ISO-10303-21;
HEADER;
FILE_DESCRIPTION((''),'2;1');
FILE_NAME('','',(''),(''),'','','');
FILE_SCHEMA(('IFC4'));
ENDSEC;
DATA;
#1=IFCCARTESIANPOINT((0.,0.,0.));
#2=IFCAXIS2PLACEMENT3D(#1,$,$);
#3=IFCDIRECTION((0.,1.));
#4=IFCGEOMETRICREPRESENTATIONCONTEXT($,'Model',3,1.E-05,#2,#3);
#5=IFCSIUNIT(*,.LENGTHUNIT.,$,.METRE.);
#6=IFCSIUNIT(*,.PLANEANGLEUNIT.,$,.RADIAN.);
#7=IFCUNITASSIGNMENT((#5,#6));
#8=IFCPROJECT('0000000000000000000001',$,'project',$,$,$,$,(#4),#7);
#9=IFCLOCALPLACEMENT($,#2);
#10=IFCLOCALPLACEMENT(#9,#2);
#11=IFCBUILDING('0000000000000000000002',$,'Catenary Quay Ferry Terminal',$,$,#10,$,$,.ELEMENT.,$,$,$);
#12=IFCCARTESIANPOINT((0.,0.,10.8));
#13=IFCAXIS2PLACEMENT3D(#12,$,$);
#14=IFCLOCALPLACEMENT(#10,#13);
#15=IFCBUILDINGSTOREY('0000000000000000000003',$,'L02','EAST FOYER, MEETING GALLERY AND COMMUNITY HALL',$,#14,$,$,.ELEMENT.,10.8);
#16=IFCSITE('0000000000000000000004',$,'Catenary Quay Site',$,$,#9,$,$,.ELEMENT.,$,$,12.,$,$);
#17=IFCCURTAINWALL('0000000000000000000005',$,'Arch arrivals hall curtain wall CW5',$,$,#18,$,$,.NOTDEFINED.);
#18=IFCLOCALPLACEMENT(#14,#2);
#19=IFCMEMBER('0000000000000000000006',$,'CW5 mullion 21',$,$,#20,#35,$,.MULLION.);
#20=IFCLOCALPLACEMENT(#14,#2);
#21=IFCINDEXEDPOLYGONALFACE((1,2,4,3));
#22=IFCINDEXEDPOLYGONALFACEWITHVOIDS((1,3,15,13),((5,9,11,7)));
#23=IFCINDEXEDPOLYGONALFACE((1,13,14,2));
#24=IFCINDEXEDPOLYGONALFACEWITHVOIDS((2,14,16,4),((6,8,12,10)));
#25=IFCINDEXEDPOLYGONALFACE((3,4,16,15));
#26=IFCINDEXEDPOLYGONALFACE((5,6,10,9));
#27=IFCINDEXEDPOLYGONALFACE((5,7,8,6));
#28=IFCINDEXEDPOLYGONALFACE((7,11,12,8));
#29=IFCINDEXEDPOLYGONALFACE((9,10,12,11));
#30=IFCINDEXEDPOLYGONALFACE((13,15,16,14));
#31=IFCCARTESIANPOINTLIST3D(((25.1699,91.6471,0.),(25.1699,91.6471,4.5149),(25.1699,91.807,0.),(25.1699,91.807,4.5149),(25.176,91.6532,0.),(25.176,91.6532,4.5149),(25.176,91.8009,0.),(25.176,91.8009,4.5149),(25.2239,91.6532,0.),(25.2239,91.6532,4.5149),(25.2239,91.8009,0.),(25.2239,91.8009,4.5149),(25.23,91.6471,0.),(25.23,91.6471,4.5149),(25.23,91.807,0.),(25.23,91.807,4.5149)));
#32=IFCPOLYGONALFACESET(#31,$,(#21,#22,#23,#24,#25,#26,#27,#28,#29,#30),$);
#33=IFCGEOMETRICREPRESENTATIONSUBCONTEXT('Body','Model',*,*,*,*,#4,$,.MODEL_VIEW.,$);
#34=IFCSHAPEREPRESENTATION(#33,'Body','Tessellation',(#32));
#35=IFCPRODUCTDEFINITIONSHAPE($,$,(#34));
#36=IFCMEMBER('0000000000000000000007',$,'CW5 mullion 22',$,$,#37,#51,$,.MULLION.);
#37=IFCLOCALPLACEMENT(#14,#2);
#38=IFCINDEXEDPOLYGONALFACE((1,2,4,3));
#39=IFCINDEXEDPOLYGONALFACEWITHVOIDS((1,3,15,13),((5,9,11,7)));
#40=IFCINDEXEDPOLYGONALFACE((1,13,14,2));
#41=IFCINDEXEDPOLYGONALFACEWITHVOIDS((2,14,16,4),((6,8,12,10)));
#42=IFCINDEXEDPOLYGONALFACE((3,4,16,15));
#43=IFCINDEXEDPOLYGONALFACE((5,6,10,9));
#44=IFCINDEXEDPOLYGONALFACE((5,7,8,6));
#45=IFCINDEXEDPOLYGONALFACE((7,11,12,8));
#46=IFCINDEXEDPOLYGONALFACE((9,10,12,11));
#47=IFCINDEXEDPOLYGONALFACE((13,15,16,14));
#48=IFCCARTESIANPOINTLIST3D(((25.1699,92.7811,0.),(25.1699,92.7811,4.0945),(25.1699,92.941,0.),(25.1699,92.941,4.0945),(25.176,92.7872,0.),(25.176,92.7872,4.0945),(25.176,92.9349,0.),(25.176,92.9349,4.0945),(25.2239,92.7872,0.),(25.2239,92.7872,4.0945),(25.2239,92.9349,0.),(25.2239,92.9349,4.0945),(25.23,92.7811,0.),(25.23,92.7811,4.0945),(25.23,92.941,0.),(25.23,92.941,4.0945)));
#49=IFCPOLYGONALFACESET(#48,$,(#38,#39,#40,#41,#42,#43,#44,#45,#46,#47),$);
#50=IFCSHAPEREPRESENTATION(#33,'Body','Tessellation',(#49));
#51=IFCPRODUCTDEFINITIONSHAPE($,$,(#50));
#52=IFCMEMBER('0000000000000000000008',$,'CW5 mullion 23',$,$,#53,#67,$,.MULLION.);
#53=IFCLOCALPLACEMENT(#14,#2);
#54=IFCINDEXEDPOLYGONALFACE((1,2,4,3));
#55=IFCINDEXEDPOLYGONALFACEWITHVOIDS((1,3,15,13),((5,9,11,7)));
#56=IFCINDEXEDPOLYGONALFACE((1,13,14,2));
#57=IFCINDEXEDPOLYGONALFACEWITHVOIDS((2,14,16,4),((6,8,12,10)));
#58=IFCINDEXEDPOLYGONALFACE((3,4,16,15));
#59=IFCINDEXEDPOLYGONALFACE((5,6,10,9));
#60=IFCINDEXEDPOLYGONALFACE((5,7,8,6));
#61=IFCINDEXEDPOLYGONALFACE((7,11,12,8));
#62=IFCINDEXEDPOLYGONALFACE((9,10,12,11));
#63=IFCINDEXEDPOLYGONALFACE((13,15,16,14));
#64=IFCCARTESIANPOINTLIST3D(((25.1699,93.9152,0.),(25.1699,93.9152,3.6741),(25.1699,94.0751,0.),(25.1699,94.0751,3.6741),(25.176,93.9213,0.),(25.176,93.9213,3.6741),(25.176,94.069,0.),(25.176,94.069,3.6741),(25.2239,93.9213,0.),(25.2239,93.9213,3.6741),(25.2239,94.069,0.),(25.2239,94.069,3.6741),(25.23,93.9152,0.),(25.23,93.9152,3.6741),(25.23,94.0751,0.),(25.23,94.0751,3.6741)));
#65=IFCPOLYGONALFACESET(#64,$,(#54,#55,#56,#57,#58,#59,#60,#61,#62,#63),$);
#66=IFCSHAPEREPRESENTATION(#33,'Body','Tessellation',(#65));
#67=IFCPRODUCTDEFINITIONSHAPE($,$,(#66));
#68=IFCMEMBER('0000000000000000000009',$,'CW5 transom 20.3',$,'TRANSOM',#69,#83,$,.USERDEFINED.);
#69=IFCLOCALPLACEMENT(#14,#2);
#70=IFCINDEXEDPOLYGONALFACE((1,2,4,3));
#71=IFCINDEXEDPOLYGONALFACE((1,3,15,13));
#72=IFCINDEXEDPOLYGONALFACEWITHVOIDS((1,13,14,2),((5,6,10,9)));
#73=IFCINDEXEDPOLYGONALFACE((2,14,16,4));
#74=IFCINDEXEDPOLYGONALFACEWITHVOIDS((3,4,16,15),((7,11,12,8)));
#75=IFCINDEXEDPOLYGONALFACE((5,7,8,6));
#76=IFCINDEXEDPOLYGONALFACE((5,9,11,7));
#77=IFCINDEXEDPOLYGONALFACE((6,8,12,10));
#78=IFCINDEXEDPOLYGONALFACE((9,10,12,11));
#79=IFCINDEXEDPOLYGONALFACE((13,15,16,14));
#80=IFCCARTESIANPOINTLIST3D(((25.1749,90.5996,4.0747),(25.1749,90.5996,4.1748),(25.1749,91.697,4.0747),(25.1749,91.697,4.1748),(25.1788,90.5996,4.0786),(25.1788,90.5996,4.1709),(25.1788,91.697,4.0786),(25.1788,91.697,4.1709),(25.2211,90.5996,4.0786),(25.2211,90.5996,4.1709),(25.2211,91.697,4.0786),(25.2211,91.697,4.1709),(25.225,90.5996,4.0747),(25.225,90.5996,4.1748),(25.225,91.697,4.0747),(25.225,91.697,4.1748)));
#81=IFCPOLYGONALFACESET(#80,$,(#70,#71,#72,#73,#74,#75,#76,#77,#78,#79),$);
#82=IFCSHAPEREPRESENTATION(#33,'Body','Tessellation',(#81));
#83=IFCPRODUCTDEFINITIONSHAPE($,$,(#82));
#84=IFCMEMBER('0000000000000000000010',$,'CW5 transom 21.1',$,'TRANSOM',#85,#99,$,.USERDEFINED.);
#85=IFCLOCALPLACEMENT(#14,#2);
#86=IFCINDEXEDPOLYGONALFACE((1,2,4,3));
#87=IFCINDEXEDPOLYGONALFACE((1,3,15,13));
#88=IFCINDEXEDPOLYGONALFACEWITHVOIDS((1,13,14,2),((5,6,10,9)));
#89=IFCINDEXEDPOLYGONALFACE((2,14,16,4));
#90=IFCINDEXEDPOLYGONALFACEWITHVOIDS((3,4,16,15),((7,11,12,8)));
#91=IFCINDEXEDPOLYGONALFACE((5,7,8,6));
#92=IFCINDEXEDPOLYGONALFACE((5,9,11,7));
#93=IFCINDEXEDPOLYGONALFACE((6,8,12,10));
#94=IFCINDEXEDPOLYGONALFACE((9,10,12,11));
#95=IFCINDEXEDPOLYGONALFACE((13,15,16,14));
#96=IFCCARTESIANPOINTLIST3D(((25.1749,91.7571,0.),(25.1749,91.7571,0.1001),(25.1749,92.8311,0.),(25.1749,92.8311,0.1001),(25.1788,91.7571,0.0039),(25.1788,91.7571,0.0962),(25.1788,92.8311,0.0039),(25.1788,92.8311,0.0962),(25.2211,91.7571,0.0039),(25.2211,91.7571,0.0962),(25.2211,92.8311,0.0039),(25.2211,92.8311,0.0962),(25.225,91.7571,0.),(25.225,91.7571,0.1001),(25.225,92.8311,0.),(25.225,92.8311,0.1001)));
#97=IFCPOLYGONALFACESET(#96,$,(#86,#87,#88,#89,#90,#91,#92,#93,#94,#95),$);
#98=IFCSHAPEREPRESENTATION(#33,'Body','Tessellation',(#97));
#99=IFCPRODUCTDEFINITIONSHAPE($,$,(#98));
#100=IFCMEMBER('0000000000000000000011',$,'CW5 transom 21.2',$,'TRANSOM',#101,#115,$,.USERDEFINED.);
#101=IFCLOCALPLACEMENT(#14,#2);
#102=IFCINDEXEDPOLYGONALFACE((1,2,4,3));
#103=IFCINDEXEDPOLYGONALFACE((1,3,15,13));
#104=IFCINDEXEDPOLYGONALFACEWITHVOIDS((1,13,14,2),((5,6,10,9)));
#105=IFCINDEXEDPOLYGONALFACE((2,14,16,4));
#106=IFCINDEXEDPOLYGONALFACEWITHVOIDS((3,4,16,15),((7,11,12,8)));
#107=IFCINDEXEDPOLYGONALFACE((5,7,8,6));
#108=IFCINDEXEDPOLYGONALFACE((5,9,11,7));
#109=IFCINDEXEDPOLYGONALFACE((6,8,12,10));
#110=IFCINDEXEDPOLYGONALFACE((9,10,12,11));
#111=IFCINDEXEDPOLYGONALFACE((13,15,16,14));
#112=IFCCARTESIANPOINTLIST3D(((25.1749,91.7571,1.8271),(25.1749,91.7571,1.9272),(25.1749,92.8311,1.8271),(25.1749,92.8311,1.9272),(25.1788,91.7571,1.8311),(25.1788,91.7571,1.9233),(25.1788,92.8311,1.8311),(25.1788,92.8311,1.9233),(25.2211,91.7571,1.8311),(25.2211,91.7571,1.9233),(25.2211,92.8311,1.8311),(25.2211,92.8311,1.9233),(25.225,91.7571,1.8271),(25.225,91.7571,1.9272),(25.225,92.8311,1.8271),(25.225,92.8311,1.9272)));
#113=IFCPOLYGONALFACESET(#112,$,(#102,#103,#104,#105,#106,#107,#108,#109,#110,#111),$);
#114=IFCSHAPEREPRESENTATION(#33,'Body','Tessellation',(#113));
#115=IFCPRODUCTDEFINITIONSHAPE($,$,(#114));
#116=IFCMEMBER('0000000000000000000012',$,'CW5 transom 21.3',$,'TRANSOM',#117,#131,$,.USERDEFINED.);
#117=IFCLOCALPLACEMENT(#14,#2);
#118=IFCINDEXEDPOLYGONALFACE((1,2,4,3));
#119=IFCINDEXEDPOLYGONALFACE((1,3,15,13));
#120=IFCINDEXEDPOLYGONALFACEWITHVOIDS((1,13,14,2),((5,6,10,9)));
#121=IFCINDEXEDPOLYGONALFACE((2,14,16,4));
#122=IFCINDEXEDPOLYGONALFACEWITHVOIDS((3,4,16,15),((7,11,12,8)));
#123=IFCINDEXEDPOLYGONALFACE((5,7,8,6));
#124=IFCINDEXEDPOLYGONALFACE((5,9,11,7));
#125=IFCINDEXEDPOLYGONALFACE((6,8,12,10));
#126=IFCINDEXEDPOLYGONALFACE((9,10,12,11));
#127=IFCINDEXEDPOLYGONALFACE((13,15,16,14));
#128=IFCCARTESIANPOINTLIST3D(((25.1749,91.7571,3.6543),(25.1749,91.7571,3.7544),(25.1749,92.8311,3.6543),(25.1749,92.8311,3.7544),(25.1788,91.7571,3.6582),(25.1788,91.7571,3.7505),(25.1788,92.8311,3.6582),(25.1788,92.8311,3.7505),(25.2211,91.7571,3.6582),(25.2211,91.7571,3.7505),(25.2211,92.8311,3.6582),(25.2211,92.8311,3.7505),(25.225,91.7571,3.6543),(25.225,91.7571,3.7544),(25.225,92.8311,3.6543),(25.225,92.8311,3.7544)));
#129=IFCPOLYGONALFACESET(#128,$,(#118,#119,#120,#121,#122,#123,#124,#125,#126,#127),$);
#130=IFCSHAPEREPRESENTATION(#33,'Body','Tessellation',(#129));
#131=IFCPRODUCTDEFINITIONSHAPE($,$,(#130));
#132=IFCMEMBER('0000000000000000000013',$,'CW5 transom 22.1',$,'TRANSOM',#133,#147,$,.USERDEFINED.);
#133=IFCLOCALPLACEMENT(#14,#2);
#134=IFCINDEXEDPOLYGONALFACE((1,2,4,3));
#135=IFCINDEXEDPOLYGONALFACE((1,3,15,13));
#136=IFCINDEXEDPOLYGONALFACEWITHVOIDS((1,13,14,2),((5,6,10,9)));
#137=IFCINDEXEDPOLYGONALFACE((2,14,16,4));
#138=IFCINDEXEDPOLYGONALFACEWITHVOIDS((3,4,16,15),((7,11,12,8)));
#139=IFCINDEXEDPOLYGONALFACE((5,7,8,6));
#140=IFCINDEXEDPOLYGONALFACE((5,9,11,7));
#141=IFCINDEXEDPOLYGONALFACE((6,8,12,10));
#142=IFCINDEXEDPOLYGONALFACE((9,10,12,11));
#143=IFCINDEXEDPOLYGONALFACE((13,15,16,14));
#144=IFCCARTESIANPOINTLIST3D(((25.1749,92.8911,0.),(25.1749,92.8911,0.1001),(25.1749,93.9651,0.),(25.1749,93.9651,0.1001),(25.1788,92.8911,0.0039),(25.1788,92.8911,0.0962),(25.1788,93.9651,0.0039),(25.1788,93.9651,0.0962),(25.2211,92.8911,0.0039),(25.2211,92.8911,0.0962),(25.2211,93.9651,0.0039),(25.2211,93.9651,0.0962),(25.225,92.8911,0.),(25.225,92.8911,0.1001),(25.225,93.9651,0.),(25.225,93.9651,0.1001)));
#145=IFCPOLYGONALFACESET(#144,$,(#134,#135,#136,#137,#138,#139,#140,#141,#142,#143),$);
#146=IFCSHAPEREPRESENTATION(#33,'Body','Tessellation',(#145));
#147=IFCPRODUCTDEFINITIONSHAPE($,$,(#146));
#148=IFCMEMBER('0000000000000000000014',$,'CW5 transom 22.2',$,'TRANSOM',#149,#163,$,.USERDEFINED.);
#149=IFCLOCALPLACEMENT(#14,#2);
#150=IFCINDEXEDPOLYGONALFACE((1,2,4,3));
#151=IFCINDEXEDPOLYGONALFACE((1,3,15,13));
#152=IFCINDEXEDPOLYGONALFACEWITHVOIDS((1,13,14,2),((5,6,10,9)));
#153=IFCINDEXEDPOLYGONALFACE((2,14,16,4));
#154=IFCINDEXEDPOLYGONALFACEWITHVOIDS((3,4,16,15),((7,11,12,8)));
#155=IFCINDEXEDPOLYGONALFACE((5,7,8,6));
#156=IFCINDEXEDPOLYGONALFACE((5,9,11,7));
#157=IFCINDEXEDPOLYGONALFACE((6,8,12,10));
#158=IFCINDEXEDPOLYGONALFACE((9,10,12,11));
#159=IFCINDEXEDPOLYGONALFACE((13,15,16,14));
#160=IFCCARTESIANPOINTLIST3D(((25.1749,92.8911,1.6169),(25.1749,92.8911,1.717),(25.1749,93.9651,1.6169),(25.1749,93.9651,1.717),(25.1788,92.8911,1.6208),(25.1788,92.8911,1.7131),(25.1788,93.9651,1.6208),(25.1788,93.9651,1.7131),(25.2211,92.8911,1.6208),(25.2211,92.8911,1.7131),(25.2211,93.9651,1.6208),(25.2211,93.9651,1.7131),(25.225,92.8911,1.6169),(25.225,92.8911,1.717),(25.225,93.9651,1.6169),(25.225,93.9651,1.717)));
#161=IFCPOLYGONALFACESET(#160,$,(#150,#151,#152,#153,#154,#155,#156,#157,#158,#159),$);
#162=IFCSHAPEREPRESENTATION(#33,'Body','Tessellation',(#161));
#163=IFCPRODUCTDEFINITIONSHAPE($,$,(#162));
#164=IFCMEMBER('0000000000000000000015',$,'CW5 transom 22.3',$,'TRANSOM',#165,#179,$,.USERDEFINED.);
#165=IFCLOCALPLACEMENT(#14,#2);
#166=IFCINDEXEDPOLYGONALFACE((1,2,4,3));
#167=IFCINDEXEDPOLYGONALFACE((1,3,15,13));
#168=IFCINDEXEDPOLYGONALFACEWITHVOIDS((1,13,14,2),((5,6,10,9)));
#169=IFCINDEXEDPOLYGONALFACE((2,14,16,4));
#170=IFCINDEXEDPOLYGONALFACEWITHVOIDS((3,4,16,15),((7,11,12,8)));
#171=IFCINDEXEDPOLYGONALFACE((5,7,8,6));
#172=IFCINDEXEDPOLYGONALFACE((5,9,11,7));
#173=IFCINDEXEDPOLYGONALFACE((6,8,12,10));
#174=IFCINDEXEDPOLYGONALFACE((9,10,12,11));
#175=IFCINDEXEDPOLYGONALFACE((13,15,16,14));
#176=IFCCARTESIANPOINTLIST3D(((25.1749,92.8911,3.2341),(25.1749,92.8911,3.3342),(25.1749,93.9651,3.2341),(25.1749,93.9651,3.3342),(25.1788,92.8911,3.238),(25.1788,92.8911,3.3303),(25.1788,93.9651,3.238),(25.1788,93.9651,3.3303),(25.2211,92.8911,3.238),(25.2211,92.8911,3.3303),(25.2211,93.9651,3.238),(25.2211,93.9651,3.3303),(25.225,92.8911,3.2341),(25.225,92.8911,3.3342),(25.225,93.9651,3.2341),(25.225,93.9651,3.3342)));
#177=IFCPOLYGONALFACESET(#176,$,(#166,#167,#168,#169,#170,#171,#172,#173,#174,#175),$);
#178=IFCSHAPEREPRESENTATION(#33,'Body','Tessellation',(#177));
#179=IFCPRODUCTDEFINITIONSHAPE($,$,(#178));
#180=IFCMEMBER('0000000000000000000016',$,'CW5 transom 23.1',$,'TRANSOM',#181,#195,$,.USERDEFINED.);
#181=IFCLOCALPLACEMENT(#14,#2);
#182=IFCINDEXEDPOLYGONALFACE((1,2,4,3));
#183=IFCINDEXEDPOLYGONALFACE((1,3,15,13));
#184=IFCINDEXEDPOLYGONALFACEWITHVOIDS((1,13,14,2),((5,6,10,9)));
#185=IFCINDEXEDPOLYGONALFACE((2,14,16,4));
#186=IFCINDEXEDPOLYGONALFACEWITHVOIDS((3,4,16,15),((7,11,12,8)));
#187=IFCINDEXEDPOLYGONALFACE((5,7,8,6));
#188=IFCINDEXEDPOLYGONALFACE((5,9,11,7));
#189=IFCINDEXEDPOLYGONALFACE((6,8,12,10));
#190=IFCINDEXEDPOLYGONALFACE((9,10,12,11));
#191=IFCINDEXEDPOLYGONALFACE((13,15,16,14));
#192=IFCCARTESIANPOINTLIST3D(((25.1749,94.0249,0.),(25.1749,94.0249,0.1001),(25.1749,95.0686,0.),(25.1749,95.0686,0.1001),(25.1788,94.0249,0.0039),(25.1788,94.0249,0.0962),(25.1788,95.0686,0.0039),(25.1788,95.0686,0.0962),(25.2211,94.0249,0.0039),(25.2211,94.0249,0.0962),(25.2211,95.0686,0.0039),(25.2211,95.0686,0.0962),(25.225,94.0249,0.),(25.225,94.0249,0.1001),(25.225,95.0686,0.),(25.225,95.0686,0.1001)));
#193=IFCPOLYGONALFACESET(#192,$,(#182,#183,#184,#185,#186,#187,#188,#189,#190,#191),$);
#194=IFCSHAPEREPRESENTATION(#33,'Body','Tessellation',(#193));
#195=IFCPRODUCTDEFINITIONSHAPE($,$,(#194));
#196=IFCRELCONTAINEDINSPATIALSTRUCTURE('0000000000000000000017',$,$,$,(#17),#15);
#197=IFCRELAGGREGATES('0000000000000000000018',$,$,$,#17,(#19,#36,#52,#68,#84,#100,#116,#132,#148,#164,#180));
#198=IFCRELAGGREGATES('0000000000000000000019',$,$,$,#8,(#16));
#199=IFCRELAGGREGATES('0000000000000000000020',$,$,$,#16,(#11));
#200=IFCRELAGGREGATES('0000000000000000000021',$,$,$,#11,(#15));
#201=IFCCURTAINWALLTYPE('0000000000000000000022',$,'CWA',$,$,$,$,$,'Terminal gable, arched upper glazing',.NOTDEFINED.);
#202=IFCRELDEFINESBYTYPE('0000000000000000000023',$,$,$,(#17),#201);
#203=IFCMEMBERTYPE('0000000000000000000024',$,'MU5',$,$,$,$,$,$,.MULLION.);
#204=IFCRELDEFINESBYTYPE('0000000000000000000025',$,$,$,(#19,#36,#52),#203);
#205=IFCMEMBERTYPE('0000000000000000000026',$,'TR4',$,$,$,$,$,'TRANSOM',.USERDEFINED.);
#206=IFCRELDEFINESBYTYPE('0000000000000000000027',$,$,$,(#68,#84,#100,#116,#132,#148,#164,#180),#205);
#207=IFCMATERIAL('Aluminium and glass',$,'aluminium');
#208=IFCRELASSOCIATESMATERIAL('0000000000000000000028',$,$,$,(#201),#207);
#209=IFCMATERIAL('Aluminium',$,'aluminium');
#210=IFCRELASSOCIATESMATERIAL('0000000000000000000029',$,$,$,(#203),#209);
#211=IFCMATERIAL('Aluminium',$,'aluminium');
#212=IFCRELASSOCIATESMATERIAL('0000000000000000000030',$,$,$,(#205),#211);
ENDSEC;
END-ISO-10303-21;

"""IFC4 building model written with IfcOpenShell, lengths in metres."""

from ifc_helpers import new_model, si_unit, direction, frame, origin, origin_2d, place, context, subcontext, project, spatial, hollow_rectangle, extrude, material, material_profile, profile_set, type_object, element, aggregate, save


model = new_model("IFC4")

# Units and contexts
model_context = context("Model", 3, precision=1e-05, world=origin(), true_north=direction((0.0, 1.0)))
body_context = subcontext(model_context, "Body", "Model", "MODEL_VIEW")
ifc_project = project(units=[si_unit("LENGTHUNIT", "METRE"), si_unit("PLANEANGLEUNIT", "RADIAN")], contexts=[model_context])

# Site, building, storey
site_placement = place(None, origin())
site = spatial("IfcSite", under=ifc_project, at=site_placement, Name="Catenary Quay Site", CompositionType="ELEMENT", RefElevation=12.0)
building_placement = place(site_placement, origin())
building = spatial("IfcBuilding", under=site, at=building_placement, Name="Catenary Quay Ferry Terminal", CompositionType="ELEMENT")
storey_placement = place(building_placement, frame((0.0, 0.0, 10.8)))
storey = spatial("IfcBuildingStorey", under=building, at=storey_placement, Name="L02", Description="EAST FOYER, MEETING GALLERY AND COMMUNITY HALL", CompositionType="ELEMENT", Elevation=10.8)

# Curtain wall, members
ifc_material_1 = material(Name="Aluminium and glass", Category="aluminium")
curtain_wall_type = type_object("IfcCurtainWallType", Name="CWA", ElementType="Terminal gable, arched upper glazing", PredefinedType="NOTDEFINED", material=ifc_material_1)
curtain_wall_placement = place(storey_placement, origin())
curtain_wall = element("IfcCurtainWall", 1, at=curtain_wall_placement, inside=storey, type_object=curtain_wall_type, Name="Arch arrivals hall curtain wall CW5", PredefinedType="NOTDEFINED")
ifc_material_2 = material(Name="Aluminium", Category="aluminium")
ifc_material_profile_1 = material_profile(ifc_material_2, hollow_rectangle(XDim=0.0601, YDim=0.1599, WallThickness=0.0061, at=origin_2d()), Name="MU5")
ifc_profile_set_1 = profile_set([ifc_material_profile_1], Name="Aluminium")
member_type_1 = type_object("IfcMemberType", Name="MU5", PredefinedType="MULLION", material=ifc_profile_set_1)
member_1_placement = place(storey_placement, frame((25.2, 91.7271, 0.0), z_axis=(0.0, 0.0, 1.0), x_axis=(-1.0, 0.0, 0.0)))
member_1 = element("IfcMember", 2, at=member_1_placement, type_object=member_type_1, Name="CW5 mullion 21", PredefinedType="MULLION", context=body_context, shape_type="SweptSolid", body=[
    extrude(hollow_rectangle(XDim=0.0601, YDim=0.1599, WallThickness=0.0061, at=origin_2d()), origin(), (0.0, 0.0, 1.0), 4.5149),
])
member_2_placement = place(storey_placement, frame((25.2, 92.8611, 0.0), z_axis=(0.0, 0.0, 1.0), x_axis=(-1.0, 0.0, 0.0)))
member_2 = element("IfcMember", 3, at=member_2_placement, type_object=member_type_1, Name="CW5 mullion 22", PredefinedType="MULLION", context=body_context, shape_type="SweptSolid", body=[
    extrude(hollow_rectangle(XDim=0.0601, YDim=0.1599, WallThickness=0.0061, at=origin_2d()), origin(), (0.0, 0.0, 1.0), 4.0945),
])
member_3_placement = place(storey_placement, frame((25.2, 93.9951, 0.0), z_axis=(0.0, 0.0, 1.0), x_axis=(-1.0, 0.0, 0.0)))
member_3 = element("IfcMember", 4, at=member_3_placement, type_object=member_type_1, Name="CW5 mullion 23", PredefinedType="MULLION", context=body_context, shape_type="SweptSolid", body=[
    extrude(hollow_rectangle(XDim=0.0601, YDim=0.1599, WallThickness=0.0061, at=origin_2d()), origin(), (0.0, 0.0, 1.0), 3.6741),
])
ifc_material_3 = material(Name="Aluminium", Category="aluminium")
ifc_material_profile_2 = material_profile(ifc_material_3, hollow_rectangle(XDim=0.05, YDim=0.1001, WallThickness=0.0039, at=origin_2d()), Name="TR4")
ifc_profile_set_2 = profile_set([ifc_material_profile_2], Name="Aluminium")
member_type_2 = type_object("IfcMemberType", Name="TR4", ElementType="TRANSOM", PredefinedType="USERDEFINED", material=ifc_profile_set_2)
member_4_placement = place(storey_placement, frame((25.2, 90.5996, 4.1248), z_axis=(0.0, 1.0, 0.0), x_axis=(-1.0, 0.0, 0.0)))
member_4 = element("IfcMember", 5, at=member_4_placement, type_object=member_type_2, Name="CW5 transom 20.3", ObjectType="TRANSOM", PredefinedType="USERDEFINED", context=body_context, shape_type="SweptSolid", body=[
    extrude(hollow_rectangle(XDim=0.05, YDim=0.1001, WallThickness=0.0039, at=origin_2d()), origin(), (0.0, 0.0, 1.0), 1.0974),
])
member_5_placement = place(storey_placement, frame((25.2, 91.7571, 0.05), z_axis=(0.0, 1.0, 0.0), x_axis=(-1.0, 0.0, 0.0)))
member_5 = element("IfcMember", 6, at=member_5_placement, type_object=member_type_2, Name="CW5 transom 21.1", ObjectType="TRANSOM", PredefinedType="USERDEFINED", context=body_context, shape_type="SweptSolid", body=[
    extrude(hollow_rectangle(XDim=0.05, YDim=0.1001, WallThickness=0.0039, at=origin_2d()), origin(), (0.0, 0.0, 1.0), 1.074),
])
member_6_placement = place(storey_placement, frame((25.2, 91.7571, 1.8772), z_axis=(0.0, 1.0, 0.0), x_axis=(-1.0, 0.0, 0.0)))
member_6 = element("IfcMember", 7, at=member_6_placement, type_object=member_type_2, Name="CW5 transom 21.2", ObjectType="TRANSOM", PredefinedType="USERDEFINED", context=body_context, shape_type="SweptSolid", body=[
    extrude(hollow_rectangle(XDim=0.05, YDim=0.1001, WallThickness=0.0039, at=origin_2d()), origin(), (0.0, 0.0, 1.0), 1.074),
])
member_7_placement = place(storey_placement, frame((25.2, 91.7571, 3.7043), z_axis=(0.0, 1.0, 0.0), x_axis=(-1.0, 0.0, 0.0)))
member_7 = element("IfcMember", 8, at=member_7_placement, type_object=member_type_2, Name="CW5 transom 21.3", ObjectType="TRANSOM", PredefinedType="USERDEFINED", context=body_context, shape_type="SweptSolid", body=[
    extrude(hollow_rectangle(XDim=0.05, YDim=0.1001, WallThickness=0.0039, at=origin_2d()), origin(), (0.0, 0.0, 1.0), 1.074),
])
member_8_placement = place(storey_placement, frame((25.2, 92.8911, 0.05), z_axis=(0.0, 1.0, 0.0), x_axis=(-1.0, 0.0, 0.0)))
member_8 = element("IfcMember", 9, at=member_8_placement, type_object=member_type_2, Name="CW5 transom 22.1", ObjectType="TRANSOM", PredefinedType="USERDEFINED", context=body_context, shape_type="SweptSolid", body=[
    extrude(hollow_rectangle(XDim=0.05, YDim=0.1001, WallThickness=0.0039, at=origin_2d()), origin(), (0.0, 0.0, 1.0), 1.074),
])
member_9_placement = place(storey_placement, frame((25.2, 92.8911, 1.667), z_axis=(0.0, 1.0, 0.0), x_axis=(-1.0, 0.0, 0.0)))
member_9 = element("IfcMember", 10, at=member_9_placement, type_object=member_type_2, Name="CW5 transom 22.2", ObjectType="TRANSOM", PredefinedType="USERDEFINED", context=body_context, shape_type="SweptSolid", body=[
    extrude(hollow_rectangle(XDim=0.05, YDim=0.1001, WallThickness=0.0039, at=origin_2d()), origin(), (0.0, 0.0, 1.0), 1.074),
])
member_10_placement = place(storey_placement, frame((25.2, 92.8911, 3.2842), z_axis=(0.0, 1.0, 0.0), x_axis=(-1.0, 0.0, 0.0)))
member_10 = element("IfcMember", 11, at=member_10_placement, type_object=member_type_2, Name="CW5 transom 22.3", ObjectType="TRANSOM", PredefinedType="USERDEFINED", context=body_context, shape_type="SweptSolid", body=[
    extrude(hollow_rectangle(XDim=0.05, YDim=0.1001, WallThickness=0.0039, at=origin_2d()), origin(), (0.0, 0.0, 1.0), 1.074),
])
member_11_placement = place(storey_placement, frame((25.2, 94.0249, 0.05), z_axis=(0.0, 1.0, 0.0), x_axis=(-1.0, 0.0, 0.0)))
member_11 = element("IfcMember", 12, at=member_11_placement, type_object=member_type_2, Name="CW5 transom 23.1", ObjectType="TRANSOM", PredefinedType="USERDEFINED", context=body_context, shape_type="SweptSolid", body=[
    extrude(hollow_rectangle(XDim=0.05, YDim=0.1001, WallThickness=0.0039, at=origin_2d()), origin(), (0.0, 0.0, 1.0), 1.0437),
])

aggregate(curtain_wall, [member_1, member_2, member_3, member_4, member_5, member_6, member_7, member_8, member_9, member_10, member_11])

save(model, "model.ifc")
